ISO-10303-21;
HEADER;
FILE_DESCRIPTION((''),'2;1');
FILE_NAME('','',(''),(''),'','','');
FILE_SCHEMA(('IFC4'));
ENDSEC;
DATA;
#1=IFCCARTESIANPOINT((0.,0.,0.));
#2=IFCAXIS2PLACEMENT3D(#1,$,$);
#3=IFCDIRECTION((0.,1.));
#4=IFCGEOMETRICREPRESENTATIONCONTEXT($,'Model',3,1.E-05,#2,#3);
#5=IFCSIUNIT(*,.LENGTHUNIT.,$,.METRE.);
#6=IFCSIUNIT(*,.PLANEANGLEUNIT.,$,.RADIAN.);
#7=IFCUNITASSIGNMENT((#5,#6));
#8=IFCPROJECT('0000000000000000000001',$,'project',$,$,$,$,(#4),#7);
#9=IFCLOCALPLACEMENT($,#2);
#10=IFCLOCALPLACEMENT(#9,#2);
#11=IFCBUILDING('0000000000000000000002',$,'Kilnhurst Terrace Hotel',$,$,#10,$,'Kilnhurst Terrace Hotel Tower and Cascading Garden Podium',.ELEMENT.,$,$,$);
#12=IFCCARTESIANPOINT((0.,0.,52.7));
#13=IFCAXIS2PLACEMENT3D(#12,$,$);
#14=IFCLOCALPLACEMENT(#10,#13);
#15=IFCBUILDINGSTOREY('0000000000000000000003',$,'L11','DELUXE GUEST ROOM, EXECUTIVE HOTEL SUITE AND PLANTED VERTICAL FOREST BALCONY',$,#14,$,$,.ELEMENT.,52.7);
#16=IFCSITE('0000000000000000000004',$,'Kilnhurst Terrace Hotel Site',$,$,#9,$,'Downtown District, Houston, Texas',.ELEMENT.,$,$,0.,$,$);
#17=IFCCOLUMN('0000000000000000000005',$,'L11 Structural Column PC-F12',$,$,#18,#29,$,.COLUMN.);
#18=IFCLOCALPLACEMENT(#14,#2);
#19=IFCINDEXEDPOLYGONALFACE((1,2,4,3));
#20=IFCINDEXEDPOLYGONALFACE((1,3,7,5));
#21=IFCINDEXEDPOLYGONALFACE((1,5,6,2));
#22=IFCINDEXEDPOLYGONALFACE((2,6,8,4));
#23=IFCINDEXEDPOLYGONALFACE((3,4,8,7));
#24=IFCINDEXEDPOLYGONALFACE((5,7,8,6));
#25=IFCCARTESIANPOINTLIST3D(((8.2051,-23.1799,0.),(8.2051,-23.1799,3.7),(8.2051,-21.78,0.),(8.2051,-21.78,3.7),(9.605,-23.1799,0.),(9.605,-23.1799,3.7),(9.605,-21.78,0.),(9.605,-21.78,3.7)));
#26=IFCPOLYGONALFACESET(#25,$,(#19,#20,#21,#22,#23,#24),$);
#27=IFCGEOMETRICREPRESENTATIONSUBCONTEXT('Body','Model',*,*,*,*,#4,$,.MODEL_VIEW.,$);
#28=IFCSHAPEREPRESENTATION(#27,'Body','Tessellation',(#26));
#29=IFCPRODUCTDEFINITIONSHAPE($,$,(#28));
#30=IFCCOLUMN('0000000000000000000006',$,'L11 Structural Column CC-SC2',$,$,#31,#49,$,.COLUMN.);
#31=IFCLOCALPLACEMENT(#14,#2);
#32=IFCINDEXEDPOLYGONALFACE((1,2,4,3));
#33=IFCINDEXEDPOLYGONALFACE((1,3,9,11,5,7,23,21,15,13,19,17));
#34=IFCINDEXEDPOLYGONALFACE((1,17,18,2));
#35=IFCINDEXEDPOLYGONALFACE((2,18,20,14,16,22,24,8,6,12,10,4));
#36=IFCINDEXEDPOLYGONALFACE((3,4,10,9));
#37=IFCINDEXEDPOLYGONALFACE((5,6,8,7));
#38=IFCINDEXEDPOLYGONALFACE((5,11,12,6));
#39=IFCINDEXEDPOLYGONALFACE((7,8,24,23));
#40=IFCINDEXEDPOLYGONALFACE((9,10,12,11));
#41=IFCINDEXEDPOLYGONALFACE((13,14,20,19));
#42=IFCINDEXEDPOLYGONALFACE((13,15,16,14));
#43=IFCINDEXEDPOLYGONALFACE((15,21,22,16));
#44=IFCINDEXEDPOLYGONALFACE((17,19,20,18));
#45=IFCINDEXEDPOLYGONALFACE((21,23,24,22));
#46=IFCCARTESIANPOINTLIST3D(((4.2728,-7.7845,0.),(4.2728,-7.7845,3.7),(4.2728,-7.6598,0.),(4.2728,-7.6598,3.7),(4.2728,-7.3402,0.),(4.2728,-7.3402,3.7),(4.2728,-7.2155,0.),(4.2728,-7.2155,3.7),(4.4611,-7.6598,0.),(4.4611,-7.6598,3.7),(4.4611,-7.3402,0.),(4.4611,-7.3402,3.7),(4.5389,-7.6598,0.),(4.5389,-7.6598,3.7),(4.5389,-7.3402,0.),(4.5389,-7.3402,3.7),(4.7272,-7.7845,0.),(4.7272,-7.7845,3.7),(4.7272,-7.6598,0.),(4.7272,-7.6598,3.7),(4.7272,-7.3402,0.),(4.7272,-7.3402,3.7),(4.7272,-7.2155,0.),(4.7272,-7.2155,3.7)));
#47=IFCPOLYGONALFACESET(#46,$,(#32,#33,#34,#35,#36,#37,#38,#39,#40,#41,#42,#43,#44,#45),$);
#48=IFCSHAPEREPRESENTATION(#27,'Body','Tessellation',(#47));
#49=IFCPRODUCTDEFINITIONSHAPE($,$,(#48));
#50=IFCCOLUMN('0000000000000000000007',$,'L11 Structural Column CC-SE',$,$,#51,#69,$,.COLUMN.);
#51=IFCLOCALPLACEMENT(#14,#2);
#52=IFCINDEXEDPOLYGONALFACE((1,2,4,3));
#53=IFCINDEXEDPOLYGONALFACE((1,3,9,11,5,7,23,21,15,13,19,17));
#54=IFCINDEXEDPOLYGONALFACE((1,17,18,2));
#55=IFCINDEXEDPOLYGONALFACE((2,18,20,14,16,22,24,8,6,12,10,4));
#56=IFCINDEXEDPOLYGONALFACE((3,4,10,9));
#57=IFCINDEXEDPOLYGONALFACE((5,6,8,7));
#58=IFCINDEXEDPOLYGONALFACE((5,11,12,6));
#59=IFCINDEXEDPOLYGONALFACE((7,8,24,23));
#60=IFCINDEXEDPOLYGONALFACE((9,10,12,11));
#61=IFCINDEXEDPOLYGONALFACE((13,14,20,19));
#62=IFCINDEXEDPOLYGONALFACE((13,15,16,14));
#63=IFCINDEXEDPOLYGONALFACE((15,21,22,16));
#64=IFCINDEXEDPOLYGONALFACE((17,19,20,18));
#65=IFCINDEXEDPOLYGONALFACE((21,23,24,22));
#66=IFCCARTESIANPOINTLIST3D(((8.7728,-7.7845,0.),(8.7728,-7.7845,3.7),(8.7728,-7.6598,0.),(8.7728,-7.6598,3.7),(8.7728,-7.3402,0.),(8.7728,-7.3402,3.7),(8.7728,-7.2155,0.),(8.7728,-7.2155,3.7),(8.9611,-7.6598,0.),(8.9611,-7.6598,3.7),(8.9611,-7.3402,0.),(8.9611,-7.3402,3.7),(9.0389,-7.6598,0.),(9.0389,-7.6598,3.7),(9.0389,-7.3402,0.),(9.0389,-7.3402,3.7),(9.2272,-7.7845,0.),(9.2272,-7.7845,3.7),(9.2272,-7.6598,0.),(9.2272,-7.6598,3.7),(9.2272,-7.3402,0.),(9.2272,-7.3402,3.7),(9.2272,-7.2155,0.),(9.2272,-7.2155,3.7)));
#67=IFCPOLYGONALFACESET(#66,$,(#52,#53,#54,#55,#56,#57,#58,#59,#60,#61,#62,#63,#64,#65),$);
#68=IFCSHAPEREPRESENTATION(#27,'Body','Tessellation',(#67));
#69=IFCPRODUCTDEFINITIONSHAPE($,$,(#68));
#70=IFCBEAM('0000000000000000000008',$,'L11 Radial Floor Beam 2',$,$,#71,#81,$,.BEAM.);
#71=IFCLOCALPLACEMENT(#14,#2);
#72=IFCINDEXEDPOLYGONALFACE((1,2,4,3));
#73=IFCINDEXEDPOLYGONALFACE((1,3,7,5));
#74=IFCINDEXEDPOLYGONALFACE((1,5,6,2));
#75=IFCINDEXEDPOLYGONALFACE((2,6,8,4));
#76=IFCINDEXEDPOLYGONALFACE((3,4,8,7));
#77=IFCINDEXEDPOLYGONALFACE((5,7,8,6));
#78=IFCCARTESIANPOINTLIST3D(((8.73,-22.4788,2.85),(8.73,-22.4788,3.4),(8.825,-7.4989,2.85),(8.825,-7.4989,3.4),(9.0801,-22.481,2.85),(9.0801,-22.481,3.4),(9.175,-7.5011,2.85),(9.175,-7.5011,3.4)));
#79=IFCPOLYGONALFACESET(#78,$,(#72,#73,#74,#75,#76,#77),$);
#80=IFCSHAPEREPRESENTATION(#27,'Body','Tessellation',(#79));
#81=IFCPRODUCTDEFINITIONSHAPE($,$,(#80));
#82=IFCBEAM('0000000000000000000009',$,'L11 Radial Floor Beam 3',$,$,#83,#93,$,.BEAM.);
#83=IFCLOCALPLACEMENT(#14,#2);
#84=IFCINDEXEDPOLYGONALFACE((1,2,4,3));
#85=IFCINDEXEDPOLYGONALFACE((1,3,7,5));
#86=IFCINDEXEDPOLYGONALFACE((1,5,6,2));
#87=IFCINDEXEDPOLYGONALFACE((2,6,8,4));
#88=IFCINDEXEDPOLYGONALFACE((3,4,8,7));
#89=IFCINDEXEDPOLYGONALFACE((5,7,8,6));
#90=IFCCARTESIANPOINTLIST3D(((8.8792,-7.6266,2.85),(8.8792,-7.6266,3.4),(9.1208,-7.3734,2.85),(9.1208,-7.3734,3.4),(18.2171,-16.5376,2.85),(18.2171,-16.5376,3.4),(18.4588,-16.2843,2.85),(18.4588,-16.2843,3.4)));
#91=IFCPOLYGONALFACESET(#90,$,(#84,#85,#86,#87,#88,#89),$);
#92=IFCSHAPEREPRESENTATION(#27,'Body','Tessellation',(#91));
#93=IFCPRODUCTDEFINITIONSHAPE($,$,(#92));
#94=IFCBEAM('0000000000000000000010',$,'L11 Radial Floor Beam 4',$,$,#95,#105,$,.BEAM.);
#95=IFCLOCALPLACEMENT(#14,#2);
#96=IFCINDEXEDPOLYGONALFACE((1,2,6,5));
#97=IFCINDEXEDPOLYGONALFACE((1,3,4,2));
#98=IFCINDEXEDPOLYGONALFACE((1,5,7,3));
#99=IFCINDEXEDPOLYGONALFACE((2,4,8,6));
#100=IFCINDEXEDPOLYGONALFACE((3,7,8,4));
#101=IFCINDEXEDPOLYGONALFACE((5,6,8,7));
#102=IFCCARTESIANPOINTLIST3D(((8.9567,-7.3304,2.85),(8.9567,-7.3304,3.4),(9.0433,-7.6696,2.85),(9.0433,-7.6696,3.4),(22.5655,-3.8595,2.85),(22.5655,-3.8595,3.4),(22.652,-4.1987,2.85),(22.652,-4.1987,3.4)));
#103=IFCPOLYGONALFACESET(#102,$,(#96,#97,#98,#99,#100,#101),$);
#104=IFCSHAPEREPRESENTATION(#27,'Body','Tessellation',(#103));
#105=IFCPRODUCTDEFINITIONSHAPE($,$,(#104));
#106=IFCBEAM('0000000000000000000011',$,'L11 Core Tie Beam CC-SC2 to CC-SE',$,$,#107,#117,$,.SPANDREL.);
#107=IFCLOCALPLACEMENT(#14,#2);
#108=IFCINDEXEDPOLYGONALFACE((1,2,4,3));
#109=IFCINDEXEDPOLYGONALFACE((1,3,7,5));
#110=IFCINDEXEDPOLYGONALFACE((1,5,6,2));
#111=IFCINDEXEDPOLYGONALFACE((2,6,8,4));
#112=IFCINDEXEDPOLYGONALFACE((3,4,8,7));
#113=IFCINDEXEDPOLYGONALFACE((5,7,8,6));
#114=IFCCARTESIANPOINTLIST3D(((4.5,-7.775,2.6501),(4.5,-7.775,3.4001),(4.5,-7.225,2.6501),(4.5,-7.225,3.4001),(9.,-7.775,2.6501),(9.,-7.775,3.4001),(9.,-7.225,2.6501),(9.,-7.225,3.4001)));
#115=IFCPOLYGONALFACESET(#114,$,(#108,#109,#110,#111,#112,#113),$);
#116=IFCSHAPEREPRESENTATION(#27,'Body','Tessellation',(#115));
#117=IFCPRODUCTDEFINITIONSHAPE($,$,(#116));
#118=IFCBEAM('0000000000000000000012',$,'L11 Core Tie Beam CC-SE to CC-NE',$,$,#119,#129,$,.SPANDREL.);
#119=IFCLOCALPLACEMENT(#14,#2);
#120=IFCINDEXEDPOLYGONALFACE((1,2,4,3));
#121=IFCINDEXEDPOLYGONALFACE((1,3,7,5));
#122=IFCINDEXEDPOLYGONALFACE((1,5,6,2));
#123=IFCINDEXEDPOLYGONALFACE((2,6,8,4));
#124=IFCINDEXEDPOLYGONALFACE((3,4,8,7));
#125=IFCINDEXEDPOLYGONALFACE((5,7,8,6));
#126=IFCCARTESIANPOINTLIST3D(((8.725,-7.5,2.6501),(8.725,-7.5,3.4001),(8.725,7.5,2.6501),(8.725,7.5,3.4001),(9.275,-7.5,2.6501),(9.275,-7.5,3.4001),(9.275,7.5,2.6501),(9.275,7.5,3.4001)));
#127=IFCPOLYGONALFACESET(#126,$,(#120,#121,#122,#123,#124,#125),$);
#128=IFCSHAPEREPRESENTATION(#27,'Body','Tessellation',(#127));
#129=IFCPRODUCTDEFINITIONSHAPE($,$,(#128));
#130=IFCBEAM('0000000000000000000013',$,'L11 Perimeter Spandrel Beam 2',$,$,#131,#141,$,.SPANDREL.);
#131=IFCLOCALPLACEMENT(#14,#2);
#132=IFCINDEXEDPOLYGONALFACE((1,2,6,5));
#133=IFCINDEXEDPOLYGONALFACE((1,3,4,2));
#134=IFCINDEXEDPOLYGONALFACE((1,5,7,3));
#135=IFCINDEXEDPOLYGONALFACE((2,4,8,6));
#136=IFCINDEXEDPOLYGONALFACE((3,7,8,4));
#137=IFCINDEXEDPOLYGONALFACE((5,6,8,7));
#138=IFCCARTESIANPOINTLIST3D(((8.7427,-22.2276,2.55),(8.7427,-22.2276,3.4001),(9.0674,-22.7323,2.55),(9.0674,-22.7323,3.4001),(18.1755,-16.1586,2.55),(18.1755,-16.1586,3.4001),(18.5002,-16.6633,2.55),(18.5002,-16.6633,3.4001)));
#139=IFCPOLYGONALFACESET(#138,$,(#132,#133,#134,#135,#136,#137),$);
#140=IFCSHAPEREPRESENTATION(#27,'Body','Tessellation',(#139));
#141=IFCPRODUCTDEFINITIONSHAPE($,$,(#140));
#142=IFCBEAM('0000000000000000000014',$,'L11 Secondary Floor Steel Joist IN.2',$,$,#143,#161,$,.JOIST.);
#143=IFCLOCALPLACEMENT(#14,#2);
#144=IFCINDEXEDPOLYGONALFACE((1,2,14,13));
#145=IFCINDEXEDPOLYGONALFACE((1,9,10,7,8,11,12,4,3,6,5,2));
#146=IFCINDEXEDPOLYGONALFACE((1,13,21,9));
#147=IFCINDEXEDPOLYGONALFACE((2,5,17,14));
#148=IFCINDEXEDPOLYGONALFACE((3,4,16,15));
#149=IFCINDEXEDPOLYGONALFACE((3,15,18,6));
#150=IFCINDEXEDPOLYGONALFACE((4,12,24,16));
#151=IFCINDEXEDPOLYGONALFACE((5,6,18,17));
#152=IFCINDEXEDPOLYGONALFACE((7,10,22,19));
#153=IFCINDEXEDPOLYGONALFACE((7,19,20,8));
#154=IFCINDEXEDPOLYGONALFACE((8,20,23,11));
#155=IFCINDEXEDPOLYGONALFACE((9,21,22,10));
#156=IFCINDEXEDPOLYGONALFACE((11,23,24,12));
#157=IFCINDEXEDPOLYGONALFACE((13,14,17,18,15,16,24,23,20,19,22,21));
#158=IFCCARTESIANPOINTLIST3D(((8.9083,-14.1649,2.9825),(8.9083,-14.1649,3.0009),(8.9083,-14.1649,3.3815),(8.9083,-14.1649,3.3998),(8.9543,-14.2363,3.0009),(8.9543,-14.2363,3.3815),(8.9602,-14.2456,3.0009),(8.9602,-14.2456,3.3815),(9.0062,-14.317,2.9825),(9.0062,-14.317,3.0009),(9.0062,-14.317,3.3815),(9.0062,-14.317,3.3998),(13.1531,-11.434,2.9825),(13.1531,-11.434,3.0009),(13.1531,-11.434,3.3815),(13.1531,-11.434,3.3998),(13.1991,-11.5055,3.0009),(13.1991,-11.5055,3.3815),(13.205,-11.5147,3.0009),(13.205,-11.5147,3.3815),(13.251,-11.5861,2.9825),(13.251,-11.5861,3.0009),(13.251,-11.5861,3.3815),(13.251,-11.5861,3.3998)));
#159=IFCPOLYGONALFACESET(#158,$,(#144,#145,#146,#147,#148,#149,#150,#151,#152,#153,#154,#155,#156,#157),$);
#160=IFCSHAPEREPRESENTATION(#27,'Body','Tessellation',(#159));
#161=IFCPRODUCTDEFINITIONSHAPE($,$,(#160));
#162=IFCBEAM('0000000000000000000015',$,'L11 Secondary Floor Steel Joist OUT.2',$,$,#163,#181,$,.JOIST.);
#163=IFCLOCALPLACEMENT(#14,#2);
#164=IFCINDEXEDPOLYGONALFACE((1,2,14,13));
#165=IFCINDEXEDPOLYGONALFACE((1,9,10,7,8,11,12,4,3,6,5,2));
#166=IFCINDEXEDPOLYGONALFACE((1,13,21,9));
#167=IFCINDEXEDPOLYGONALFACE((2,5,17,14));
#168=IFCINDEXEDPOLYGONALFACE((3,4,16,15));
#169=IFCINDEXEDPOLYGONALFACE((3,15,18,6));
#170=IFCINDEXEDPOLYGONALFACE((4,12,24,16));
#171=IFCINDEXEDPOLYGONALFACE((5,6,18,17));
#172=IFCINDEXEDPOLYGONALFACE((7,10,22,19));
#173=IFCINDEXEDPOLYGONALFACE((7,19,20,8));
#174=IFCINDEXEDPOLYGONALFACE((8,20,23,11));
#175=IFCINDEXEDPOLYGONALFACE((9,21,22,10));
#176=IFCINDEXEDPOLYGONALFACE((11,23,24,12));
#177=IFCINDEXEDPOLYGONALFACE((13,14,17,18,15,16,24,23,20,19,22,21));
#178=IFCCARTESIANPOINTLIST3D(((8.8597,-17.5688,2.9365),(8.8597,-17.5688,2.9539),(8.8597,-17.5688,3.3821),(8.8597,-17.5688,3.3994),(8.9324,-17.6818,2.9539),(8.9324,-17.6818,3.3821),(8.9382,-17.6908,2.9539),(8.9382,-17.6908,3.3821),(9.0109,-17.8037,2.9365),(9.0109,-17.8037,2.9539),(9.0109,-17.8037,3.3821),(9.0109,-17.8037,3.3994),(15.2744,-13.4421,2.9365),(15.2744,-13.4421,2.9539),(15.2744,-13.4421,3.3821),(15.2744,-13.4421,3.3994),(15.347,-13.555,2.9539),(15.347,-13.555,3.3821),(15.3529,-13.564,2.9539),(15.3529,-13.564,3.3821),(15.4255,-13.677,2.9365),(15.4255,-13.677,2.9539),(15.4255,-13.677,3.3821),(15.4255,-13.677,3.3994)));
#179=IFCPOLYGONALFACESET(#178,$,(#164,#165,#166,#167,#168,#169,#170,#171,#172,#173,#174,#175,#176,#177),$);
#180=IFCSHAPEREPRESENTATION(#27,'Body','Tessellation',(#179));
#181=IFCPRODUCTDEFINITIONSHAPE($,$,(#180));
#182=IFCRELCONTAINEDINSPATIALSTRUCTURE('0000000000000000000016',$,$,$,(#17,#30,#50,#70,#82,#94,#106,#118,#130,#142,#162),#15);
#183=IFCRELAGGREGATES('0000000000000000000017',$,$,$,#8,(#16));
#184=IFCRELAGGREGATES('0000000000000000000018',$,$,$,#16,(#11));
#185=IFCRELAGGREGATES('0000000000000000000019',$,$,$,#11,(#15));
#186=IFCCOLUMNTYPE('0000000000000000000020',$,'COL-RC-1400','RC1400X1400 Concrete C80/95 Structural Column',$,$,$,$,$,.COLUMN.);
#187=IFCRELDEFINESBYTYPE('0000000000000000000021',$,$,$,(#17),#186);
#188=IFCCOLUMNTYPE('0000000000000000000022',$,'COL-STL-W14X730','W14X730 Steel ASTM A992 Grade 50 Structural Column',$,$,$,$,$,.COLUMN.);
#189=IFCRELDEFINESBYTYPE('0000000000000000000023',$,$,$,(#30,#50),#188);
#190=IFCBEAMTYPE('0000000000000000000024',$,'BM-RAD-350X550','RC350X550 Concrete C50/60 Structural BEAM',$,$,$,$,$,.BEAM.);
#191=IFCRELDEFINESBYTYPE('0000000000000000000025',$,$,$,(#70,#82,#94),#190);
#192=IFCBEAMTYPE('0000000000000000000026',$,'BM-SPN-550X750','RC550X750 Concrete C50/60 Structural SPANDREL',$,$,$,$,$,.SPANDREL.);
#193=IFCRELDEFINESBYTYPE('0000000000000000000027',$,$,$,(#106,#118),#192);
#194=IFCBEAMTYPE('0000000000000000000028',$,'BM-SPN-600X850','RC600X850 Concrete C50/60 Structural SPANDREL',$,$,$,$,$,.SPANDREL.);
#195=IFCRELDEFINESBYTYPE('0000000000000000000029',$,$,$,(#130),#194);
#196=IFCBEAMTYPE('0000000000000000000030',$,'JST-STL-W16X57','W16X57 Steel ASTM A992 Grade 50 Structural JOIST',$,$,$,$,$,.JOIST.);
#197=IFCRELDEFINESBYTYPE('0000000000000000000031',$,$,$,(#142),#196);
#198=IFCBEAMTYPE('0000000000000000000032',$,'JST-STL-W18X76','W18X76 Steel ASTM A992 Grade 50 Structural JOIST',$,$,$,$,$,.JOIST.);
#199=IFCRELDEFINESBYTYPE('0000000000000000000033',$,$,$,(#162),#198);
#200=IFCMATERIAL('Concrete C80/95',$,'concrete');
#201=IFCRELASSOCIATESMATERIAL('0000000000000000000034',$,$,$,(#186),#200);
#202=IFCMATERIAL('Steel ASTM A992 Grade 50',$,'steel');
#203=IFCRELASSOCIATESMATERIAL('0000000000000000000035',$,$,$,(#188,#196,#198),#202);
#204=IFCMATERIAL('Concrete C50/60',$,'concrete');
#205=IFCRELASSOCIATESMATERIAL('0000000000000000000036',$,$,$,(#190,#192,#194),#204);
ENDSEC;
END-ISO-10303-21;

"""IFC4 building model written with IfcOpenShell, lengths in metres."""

from ifc_helpers import new_model, si_unit, direction, frame, origin, origin_2d, place, context, subcontext, project, spatial, rectangle, i_section, extrude, material, material_profile, profile_set, type_object, element, save


model = new_model("IFC4")

# Units and contexts
model_context = context("Model", 3, precision=1e-05, world=origin(), true_north=direction((0.0, 1.0)))
body_context = subcontext(model_context, "Body", "Model", "MODEL_VIEW")
ifc_project = project(units=[si_unit("LENGTHUNIT", "METRE"), si_unit("PLANEANGLEUNIT", "RADIAN")], contexts=[model_context])

# Site, building, storey
site_placement = place(None, origin())
site = spatial("IfcSite", under=ifc_project, at=site_placement, Name="Kilnhurst Terrace Hotel Site", LongName="Downtown District, Houston, Texas", CompositionType="ELEMENT", RefElevation=0.0)
building_placement = place(site_placement, origin())
building = spatial("IfcBuilding", under=site, at=building_placement, Name="Kilnhurst Terrace Hotel", LongName="Kilnhurst Terrace Hotel Tower and Cascading Garden Podium", CompositionType="ELEMENT")
storey_placement = place(building_placement, frame((0.0, 0.0, 52.7)))
storey = spatial("IfcBuildingStorey", under=building, at=storey_placement, Name="L11", Description="DELUXE GUEST ROOM, EXECUTIVE HOTEL SUITE AND PLANTED VERTICAL FOREST BALCONY", CompositionType="ELEMENT", Elevation=52.7)

# Columns
ifc_material_1 = material(Name="Concrete C80/95", Category="concrete")
ifc_material_profile_1 = material_profile(ifc_material_1, rectangle(XDim=1.3999, YDim=1.3999, at=origin_2d()), Name="RC1400X1400")
ifc_profile_set_1 = profile_set([ifc_material_profile_1], Name="Concrete C80/95")
column_type_1 = type_object("IfcColumnType", Name="COL-RC-1400", Description="RC1400X1400 Concrete C80/95 Structural Column", PredefinedType="COLUMN", material=ifc_profile_set_1)
column_placement = place(storey_placement, frame((8.905, -22.48, 0.0), z_axis=(0.0, 0.0, 1.0), x_axis=(1.0, 0.0, 0.0)))
element("IfcColumn", 1, at=column_placement, inside=storey, type_object=column_type_1, Name="L11 Structural Column PC-F12", PredefinedType="COLUMN", context=body_context, shape_type="SweptSolid", body=[
    extrude(rectangle(XDim=1.3999, YDim=1.3999, at=origin_2d()), origin(), (0.0, 0.0, 1.0), 3.7),
])
ifc_material_2 = material(Name="Steel ASTM A992 Grade 50", Category="steel")
ifc_material_profile_2 = material_profile(ifc_material_2, i_section(OverallWidth=0.4543, OverallDepth=0.5691, WebThickness=0.0779, FlangeThickness=0.1248, at=origin_2d()), Name="W14X730")
ifc_profile_set_2 = profile_set([ifc_material_profile_2], Name="Steel ASTM A992 Grade 50")
column_type_2 = type_object("IfcColumnType", Name="COL-STL-W14X730", Description="W14X730 Steel ASTM A992 Grade 50 Structural Column", PredefinedType="COLUMN", material=ifc_profile_set_2)
for number, where, z_axis, x_axis, name in (
    (2, (4.5, -7.5, 0.0), (0.0, 0.0, 1.0), (1.0, 0.0, 0.0), "L11 Structural Column CC-SC2"),
    (3, (9.0, -7.5, 0.0), (0.0, 0.0, 1.0), (1.0, 0.0, 0.0), "L11 Structural Column CC-SE"),
):
    element("IfcColumn", number, at=place(storey_placement, frame(where, z_axis=z_axis, x_axis=x_axis)), inside=storey, type_object=column_type_2, Name=name, PredefinedType="COLUMN", context=body_context, shape_type="SweptSolid", body=[
        extrude(i_section(OverallWidth=0.4543, OverallDepth=0.5691, WebThickness=0.0779, FlangeThickness=0.1248, at=origin_2d()), origin(), (0.0, 0.0, 1.0), 3.7),
    ])

# Beams
ifc_material_3 = material(Name="Concrete C50/60", Category="concrete")
ifc_material_profile_3 = material_profile(ifc_material_3, rectangle(XDim=0.3501, YDim=0.55, at=origin_2d()), Name="RC350X550")
ifc_profile_set_3 = profile_set([ifc_material_profile_3], Name="Concrete C50/60")
beam_type_1 = type_object("IfcBeamType", Name="BM-RAD-350X550", Description="RC350X550 Concrete C50/60 Structural BEAM", PredefinedType="BEAM", material=ifc_profile_set_3)
beam_1_placement = place(storey_placement, frame((9.0, -7.5, 3.125), z_axis=(-0.00634, -0.99998, 0.0), x_axis=(0.99998, -0.00634, 0.0)))
element("IfcBeam", 4, at=beam_1_placement, inside=storey, type_object=beam_type_1, Name="L11 Radial Floor Beam 2", PredefinedType="BEAM", context=body_context, shape_type="SweptSolid", body=[
    extrude(rectangle(XDim=0.3501, YDim=0.55, at=origin_2d()), origin(), (0.0, 0.0, 1.0), 14.9802),
])
beam_2_placement = place(storey_placement, frame((9.0, -7.5, 3.125), z_axis=(0.723454, -0.690372, 0.0), x_axis=(0.690372, 0.723454, 0.0)))
element("IfcBeam", 5, at=beam_2_placement, inside=storey, type_object=beam_type_1, Name="L11 Radial Floor Beam 3", PredefinedType="BEAM", context=body_context, shape_type="SweptSolid", body=[
    extrude(rectangle(XDim=0.3501, YDim=0.55, at=origin_2d()), origin(), (0.0, 0.0, 1.0), 12.9075),
])
beam_3_placement = place(storey_placement, frame((9.0, -7.5, 3.125), z_axis=(0.96898, 0.247138, 0.0), x_axis=(-0.247138, 0.96898, 0.0)))
element("IfcBeam", 6, at=beam_3_placement, inside=storey, type_object=beam_type_1, Name="L11 Radial Floor Beam 4", PredefinedType="BEAM", context=body_context, shape_type="SweptSolid", body=[
    extrude(rectangle(XDim=0.3501, YDim=0.55, at=origin_2d()), origin(), (0.0, 0.0, 1.0), 14.0444),
])
ifc_material_profile_4 = material_profile(ifc_material_3, rectangle(XDim=0.55, YDim=0.75, at=origin_2d()), Name="RC550X750")
ifc_profile_set_4 = profile_set([ifc_material_profile_4], Name="Concrete C50/60")
beam_type_2 = type_object("IfcBeamType", Name="BM-SPN-550X750", Description="RC550X750 Concrete C50/60 Structural SPANDREL", PredefinedType="SPANDREL", material=ifc_profile_set_4)
beam_4_placement = place(storey_placement, frame((4.5, -7.5, 3.0251), z_axis=(1.0, 0.0, 0.0), x_axis=(0.0, 1.0, 0.0)))
element("IfcBeam", 7, at=beam_4_placement, inside=storey, type_object=beam_type_2, Name="L11 Core Tie Beam CC-SC2 to CC-SE", PredefinedType="SPANDREL", context=body_context, shape_type="SweptSolid", body=[
    extrude(rectangle(XDim=0.55, YDim=0.75, at=origin_2d()), origin(), (0.0, 0.0, 1.0), 4.5),
])
beam_5_placement = place(storey_placement, frame((9.0, -7.5, 3.0251), z_axis=(0.0, 1.0, 0.0), x_axis=(-1.0, 0.0, 0.0)))
element("IfcBeam", 8, at=beam_5_placement, inside=storey, type_object=beam_type_2, Name="L11 Core Tie Beam CC-SE to CC-NE", PredefinedType="SPANDREL", context=body_context, shape_type="SweptSolid", body=[
    extrude(rectangle(XDim=0.55, YDim=0.75, at=origin_2d()), origin(), (0.0, 0.0, 1.0), 15.0),
])
ifc_material_profile_5 = material_profile(ifc_material_3, rectangle(XDim=0.6001, YDim=0.8501, at=origin_2d()), Name="RC600X850")
ifc_profile_set_5 = profile_set([ifc_material_profile_5], Name="Concrete C50/60")
beam_type_3 = type_object("IfcBeamType", Name="BM-SPN-600X850", Description="RC600X850 Concrete C50/60 Structural SPANDREL", PredefinedType="SPANDREL", material=ifc_profile_set_5)
beam_6_placement = place(storey_placement, frame((8.905, -22.48, 2.9751), z_axis=(0.840971, 0.54108, 0.0), x_axis=(-0.54108, 0.840971, 0.0)))
element("IfcBeam", 9, at=beam_6_placement, inside=storey, type_object=beam_type_3, Name="L11 Perimeter Spandrel Beam 2", PredefinedType="SPANDREL", context=body_context, shape_type="SweptSolid", body=[
    extrude(rectangle(XDim=0.6001, YDim=0.8501, at=origin_2d()), origin(), (0.0, 0.0, 1.0), 11.2166),
])
ifc_material_profile_6 = material_profile(ifc_material_2, i_section(OverallWidth=0.1809, OverallDepth=0.4172, WebThickness=0.011, FlangeThickness=0.0183, at=origin_2d()), Name="W16X57")
ifc_profile_set_6 = profile_set([ifc_material_profile_6], Name="Steel ASTM A992 Grade 50")
beam_type_4 = type_object("IfcBeamType", Name="JST-STL-W16X57", Description="W16X57 Steel ASTM A992 Grade 50 Structural JOIST", PredefinedType="JOIST", material=ifc_profile_set_6)
beam_7_placement = place(storey_placement, frame((8.9573, -14.241, 3.1912), z_axis=(0.840988, 0.541053, 0.0), x_axis=(-0.541053, 0.840988, 0.0)))
element("IfcBeam", 10, at=beam_7_placement, inside=storey, type_object=beam_type_4, Name="L11 Secondary Floor Steel Joist IN.2", PredefinedType="JOIST", context=body_context, shape_type="SweptSolid", body=[
    extrude(i_section(OverallWidth=0.1809, OverallDepth=0.4172, WebThickness=0.011, FlangeThickness=0.0183, at=origin_2d()), origin(), (0.0, 0.0, 1.0), 5.0474),
])
ifc_material_profile_7 = material_profile(ifc_material_2, i_section(OverallWidth=0.2793, OverallDepth=0.4629, WebThickness=0.0107, FlangeThickness=0.0173, at=origin_2d()), Name="W18X76")
ifc_profile_set_7 = profile_set([ifc_material_profile_7], Name="Steel ASTM A992 Grade 50")
beam_type_5 = type_object("IfcBeamType", Name="JST-STL-W18X76", Description="W18X76 Steel ASTM A992 Grade 50 Structural JOIST", PredefinedType="JOIST", material=ifc_profile_set_7)
beam_8_placement = place(storey_placement, frame((8.9353, -17.6863, 3.168), z_axis=(0.840995, 0.541042, 0.0), x_axis=(-0.541042, 0.840995, 0.0)))
element("IfcBeam", 11, at=beam_8_placement, inside=storey, type_object=beam_type_5, Name="L11 Secondary Floor Steel Joist OUT.2", PredefinedType="JOIST", context=body_context, shape_type="SweptSolid", body=[
    extrude(i_section(OverallWidth=0.2793, OverallDepth=0.4629, WebThickness=0.0107, FlangeThickness=0.0173, at=origin_2d()), origin(), (0.0, 0.0, 1.0), 7.6274),
])

save(model, "model.ifc")
